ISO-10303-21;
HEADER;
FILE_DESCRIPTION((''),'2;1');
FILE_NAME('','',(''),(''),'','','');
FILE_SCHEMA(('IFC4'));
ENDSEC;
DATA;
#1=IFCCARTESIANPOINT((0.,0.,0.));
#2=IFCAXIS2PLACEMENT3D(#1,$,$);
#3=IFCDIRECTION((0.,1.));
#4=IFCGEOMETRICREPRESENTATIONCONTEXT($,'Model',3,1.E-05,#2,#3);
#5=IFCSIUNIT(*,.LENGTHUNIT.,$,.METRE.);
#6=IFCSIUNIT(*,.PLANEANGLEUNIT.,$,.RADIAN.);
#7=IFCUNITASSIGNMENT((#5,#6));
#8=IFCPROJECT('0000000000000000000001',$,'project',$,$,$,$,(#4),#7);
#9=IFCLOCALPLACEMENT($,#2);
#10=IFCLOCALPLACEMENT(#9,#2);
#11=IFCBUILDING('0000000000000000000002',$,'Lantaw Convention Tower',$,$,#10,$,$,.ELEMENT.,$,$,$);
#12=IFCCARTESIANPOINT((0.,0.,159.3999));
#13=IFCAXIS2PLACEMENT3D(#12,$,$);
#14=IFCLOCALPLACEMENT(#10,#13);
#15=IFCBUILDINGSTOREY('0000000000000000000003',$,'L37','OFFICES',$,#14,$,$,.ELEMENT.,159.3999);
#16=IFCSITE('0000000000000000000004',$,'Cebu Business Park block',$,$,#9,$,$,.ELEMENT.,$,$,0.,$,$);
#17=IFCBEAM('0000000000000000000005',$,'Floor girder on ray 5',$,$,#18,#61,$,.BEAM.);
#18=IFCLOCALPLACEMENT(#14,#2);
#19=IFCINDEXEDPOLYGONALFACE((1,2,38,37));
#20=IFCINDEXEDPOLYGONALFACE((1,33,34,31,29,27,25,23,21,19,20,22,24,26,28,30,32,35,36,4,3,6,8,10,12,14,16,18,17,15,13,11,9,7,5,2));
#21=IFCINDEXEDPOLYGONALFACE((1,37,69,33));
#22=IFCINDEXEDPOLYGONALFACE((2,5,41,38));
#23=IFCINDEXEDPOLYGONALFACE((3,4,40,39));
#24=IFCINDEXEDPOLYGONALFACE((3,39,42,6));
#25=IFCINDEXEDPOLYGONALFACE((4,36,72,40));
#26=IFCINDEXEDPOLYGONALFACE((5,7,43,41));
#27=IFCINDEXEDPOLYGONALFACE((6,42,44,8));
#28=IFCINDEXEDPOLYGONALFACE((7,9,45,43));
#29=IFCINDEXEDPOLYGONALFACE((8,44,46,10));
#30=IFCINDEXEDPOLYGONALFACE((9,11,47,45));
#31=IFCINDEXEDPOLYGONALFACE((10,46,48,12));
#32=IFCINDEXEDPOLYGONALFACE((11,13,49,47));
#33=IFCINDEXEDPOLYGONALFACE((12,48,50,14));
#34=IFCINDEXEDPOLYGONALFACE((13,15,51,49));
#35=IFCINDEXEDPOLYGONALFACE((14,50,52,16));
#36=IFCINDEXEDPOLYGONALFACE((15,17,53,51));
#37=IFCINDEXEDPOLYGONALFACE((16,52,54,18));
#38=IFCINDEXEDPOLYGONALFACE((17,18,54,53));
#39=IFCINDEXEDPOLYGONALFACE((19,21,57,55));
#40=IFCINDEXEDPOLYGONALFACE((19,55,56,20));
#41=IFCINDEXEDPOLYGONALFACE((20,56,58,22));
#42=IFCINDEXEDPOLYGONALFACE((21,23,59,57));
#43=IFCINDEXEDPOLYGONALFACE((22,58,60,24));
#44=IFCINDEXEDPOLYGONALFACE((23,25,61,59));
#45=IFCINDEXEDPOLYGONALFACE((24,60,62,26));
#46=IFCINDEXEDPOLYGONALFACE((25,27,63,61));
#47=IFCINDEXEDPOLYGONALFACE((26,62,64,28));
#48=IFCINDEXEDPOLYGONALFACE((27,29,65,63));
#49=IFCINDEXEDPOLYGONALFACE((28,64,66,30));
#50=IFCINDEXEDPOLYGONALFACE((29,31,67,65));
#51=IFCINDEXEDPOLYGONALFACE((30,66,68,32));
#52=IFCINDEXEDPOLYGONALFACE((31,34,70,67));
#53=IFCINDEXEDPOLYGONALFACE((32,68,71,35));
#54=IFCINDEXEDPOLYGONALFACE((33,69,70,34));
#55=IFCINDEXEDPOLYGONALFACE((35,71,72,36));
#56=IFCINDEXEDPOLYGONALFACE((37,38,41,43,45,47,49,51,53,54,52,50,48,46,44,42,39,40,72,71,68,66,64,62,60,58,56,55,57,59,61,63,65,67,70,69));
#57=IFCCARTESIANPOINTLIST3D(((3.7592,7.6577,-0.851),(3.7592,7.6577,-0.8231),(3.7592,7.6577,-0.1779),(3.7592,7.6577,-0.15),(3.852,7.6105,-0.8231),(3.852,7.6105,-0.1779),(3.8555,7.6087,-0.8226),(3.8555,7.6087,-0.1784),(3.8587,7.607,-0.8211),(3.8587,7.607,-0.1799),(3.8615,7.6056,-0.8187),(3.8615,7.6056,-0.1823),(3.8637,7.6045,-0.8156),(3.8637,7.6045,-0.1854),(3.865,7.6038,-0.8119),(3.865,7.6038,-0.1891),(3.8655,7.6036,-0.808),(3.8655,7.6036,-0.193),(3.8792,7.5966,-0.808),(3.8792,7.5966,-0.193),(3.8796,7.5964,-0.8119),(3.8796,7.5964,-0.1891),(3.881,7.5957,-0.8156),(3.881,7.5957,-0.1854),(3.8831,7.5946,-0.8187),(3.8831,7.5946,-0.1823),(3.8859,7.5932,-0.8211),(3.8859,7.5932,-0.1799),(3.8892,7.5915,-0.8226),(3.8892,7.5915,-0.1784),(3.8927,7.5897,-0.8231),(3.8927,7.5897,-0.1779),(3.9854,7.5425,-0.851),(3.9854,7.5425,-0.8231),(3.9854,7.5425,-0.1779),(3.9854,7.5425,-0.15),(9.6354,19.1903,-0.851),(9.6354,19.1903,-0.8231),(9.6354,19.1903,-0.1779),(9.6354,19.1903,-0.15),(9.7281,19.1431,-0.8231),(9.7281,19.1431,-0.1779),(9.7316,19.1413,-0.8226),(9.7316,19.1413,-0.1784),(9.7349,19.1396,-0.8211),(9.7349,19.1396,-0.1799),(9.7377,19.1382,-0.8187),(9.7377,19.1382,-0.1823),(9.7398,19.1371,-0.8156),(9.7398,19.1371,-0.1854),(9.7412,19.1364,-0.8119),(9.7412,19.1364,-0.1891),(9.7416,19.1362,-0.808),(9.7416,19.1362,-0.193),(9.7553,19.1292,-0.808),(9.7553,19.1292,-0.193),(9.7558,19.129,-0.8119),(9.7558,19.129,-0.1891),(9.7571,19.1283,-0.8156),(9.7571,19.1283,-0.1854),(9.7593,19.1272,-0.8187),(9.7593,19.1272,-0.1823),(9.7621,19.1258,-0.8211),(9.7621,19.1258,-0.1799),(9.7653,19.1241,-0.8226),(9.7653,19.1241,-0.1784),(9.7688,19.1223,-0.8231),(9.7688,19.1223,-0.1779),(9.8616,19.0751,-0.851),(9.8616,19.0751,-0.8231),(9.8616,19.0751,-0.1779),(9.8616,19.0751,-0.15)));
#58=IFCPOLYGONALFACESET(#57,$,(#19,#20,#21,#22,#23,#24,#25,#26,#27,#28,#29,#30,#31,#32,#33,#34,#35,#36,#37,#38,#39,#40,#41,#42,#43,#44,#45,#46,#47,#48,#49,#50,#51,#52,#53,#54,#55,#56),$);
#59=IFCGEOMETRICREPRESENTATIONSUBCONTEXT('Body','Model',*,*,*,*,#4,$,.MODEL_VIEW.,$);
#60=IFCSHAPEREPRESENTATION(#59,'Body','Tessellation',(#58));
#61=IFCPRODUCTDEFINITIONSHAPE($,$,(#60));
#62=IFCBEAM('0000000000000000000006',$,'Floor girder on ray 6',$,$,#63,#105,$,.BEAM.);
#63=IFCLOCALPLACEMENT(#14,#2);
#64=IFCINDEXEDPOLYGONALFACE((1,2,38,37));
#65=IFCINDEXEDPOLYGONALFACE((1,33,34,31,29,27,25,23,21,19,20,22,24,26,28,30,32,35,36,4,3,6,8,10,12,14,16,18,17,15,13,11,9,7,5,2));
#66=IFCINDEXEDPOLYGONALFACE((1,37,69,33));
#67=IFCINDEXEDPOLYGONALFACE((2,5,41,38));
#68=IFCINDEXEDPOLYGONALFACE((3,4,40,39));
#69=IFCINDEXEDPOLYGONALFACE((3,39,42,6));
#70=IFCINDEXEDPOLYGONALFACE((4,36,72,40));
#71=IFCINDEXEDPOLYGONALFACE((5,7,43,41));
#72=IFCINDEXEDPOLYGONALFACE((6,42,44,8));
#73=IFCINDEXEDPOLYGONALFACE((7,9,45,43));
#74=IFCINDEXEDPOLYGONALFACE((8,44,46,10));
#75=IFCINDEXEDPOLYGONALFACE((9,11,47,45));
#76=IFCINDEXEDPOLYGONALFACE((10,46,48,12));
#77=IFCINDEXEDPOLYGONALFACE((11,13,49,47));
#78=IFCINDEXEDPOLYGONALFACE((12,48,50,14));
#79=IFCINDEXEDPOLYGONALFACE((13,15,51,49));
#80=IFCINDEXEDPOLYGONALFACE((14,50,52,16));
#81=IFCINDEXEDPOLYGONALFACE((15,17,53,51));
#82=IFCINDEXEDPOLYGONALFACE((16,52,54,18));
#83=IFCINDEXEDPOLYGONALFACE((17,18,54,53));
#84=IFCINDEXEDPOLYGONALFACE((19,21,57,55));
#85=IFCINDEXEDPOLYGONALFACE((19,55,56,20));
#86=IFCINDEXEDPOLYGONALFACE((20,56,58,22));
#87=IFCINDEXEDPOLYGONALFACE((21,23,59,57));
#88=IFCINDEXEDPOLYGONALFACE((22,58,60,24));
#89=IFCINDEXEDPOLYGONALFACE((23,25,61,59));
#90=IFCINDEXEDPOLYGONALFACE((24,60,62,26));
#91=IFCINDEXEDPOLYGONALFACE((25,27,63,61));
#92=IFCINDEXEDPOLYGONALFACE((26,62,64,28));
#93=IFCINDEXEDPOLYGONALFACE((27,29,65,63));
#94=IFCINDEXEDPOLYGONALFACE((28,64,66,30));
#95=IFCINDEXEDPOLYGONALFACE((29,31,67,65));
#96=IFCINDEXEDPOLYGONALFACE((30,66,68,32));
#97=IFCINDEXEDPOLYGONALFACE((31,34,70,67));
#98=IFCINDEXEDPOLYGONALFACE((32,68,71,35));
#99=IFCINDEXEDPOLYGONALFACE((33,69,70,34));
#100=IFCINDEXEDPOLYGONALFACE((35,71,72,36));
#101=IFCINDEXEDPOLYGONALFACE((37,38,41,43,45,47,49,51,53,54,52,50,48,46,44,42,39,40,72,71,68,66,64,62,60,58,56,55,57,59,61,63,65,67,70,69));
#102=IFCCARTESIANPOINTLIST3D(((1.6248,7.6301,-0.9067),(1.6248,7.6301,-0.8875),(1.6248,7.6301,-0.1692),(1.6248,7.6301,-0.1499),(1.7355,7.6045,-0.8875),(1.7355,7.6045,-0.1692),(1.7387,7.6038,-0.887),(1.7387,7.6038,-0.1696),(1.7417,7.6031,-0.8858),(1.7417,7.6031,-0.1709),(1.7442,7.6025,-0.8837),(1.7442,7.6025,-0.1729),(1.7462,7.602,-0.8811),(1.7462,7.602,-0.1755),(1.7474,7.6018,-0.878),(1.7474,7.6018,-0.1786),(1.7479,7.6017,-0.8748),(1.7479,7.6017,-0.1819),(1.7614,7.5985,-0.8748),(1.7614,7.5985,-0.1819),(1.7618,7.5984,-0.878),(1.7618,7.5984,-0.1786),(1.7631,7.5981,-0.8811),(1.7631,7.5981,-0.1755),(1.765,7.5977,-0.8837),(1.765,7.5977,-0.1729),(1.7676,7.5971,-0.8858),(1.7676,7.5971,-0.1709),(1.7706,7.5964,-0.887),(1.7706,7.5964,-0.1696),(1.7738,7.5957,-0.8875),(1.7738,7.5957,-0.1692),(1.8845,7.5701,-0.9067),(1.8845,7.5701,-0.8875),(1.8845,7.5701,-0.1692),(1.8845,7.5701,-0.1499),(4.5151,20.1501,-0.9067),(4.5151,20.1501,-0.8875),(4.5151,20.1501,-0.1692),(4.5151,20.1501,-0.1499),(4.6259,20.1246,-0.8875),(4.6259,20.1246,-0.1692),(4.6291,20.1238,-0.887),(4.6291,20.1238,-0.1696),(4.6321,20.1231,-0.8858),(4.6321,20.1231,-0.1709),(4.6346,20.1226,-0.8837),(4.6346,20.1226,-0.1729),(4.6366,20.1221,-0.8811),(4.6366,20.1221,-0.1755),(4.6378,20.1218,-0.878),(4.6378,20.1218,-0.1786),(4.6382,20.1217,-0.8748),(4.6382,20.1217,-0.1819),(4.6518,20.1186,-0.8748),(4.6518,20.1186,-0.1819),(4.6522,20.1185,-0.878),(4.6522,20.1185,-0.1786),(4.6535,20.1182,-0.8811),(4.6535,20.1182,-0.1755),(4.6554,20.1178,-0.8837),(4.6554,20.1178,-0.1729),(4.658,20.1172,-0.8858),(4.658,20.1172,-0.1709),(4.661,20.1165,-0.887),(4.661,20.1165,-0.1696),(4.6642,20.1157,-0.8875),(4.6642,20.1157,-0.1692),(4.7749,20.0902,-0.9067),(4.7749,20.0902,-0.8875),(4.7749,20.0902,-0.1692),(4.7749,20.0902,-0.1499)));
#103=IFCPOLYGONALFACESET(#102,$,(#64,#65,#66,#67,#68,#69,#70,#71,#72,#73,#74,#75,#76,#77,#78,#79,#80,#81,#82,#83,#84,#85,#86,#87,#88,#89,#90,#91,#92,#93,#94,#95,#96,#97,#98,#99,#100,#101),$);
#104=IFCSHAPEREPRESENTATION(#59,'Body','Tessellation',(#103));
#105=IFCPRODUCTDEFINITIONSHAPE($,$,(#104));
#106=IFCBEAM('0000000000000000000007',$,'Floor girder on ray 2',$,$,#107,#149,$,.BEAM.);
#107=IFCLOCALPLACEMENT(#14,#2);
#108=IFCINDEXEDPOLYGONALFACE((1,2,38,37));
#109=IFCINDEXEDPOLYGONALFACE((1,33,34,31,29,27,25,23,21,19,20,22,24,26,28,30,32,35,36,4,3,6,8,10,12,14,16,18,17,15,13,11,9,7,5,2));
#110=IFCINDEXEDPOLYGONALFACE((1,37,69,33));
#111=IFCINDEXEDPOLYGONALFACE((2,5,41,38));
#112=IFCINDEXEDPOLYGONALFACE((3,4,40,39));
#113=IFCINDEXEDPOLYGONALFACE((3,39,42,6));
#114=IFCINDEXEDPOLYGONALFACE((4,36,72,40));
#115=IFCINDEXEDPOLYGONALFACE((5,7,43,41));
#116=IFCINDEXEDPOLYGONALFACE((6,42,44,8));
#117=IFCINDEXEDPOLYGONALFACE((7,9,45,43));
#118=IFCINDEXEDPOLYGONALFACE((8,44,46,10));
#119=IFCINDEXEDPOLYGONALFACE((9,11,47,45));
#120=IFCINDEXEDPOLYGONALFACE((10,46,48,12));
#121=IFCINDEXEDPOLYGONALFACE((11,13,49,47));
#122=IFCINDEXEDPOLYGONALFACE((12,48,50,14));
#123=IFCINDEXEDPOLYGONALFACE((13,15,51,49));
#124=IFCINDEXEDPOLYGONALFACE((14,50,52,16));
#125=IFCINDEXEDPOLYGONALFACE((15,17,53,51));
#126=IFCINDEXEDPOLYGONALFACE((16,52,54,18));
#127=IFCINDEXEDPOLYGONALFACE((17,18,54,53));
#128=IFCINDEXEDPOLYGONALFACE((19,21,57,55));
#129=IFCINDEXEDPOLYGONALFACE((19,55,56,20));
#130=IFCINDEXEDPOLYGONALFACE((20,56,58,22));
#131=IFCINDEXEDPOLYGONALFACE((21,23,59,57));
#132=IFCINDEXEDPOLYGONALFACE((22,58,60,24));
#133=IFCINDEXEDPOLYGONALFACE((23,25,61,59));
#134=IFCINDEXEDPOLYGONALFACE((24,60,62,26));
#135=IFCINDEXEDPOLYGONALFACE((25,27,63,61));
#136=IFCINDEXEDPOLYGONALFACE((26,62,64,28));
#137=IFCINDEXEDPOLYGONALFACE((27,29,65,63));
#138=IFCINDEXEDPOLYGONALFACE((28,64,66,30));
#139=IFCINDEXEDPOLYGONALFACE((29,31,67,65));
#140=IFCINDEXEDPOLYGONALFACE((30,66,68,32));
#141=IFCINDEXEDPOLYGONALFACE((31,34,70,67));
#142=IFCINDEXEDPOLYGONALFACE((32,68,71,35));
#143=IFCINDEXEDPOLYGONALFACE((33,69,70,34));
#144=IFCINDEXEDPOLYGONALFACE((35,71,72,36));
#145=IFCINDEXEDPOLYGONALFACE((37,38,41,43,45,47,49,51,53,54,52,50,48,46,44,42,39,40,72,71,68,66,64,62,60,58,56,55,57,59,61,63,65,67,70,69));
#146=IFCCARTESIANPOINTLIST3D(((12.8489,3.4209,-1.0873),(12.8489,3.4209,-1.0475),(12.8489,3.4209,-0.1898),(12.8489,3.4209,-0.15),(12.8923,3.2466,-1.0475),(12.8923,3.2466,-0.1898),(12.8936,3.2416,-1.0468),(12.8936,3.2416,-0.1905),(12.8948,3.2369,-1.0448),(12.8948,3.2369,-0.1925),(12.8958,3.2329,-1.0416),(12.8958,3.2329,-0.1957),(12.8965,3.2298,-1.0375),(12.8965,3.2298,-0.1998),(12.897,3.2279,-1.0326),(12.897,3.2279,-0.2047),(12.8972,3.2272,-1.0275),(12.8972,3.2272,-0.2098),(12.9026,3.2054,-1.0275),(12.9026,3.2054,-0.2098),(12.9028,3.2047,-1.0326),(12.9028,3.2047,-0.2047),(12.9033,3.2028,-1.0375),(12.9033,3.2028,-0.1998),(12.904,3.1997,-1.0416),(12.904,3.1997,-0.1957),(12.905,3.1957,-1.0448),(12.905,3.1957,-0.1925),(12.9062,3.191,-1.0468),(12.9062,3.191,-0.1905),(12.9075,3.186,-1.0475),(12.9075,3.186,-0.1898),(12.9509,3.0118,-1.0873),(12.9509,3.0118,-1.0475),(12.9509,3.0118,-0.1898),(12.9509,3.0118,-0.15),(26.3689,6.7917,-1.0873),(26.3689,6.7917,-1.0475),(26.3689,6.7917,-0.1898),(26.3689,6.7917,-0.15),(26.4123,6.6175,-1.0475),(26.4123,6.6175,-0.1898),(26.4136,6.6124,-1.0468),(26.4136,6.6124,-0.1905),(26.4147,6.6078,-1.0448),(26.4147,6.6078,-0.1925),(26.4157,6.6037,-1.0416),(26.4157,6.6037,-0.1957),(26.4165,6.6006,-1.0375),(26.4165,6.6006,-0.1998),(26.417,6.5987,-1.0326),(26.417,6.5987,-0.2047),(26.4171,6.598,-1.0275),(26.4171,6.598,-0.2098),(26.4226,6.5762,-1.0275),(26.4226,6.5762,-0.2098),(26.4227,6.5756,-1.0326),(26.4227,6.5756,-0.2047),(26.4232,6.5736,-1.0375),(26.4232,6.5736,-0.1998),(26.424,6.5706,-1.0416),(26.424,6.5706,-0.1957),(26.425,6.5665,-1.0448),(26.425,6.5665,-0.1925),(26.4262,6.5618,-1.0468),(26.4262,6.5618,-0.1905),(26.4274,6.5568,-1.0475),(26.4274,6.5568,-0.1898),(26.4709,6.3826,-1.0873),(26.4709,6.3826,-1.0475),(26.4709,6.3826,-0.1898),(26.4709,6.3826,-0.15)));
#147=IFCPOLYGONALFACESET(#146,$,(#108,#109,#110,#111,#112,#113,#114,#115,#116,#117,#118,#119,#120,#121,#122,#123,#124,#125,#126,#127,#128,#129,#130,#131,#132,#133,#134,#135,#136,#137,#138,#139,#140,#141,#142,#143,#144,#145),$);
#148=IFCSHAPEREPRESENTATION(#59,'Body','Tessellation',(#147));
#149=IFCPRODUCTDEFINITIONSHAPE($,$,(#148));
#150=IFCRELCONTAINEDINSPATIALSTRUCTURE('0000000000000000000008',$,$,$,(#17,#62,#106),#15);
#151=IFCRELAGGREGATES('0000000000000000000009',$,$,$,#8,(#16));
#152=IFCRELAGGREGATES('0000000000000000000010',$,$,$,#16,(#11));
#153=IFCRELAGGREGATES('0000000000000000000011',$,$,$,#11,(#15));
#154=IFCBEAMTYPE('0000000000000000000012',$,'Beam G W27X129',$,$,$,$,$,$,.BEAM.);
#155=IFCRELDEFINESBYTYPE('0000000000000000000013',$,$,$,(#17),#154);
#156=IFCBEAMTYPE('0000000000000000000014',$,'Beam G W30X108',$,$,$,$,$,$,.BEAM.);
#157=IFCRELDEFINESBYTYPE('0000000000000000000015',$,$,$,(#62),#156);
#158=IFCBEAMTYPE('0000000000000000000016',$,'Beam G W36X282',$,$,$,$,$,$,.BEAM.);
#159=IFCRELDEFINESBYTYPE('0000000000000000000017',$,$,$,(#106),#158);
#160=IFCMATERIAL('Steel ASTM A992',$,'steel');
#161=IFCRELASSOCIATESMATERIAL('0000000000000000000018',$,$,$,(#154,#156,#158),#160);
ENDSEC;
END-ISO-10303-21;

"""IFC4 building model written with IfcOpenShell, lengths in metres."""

from ifc_helpers import new_model, si_unit, direction, frame, origin, origin_2d, place, context, subcontext, project, spatial, i_section, extrude, material, material_profile, profile_set, type_object, element, save


model = new_model("IFC4")

# Units and contexts
model_context = context("Model", 3, precision=1e-05, world=origin(), true_north=direction((0.0, 1.0)))
body_context = subcontext(model_context, "Body", "Model", "MODEL_VIEW")
ifc_project = project(units=[si_unit("LENGTHUNIT", "METRE"), si_unit("PLANEANGLEUNIT", "RADIAN")], contexts=[model_context])

# Site, building, storey
site_placement = place(None, origin())
site = spatial("IfcSite", under=ifc_project, at=site_placement, Name="Cebu Business Park block", CompositionType="ELEMENT", RefElevation=0.0)
building_placement = place(site_placement, origin())
building = spatial("IfcBuilding", under=site, at=building_placement, Name="Lantaw Convention Tower", CompositionType="ELEMENT")
storey_placement = place(building_placement, frame((0.0, 0.0, 159.3999)))
storey = spatial("IfcBuildingStorey", under=building, at=storey_placement, Name="L37", Description="OFFICES", CompositionType="ELEMENT", Elevation=159.3999)

# Beams
ifc_material_1 = material(Name="Steel ASTM A992", Category="steel")
ifc_material_profile_1 = material_profile(ifc_material_1, i_section(OverallWidth=0.2539, OverallDepth=0.7009, WebThickness=0.0154, FlangeThickness=0.0278, FilletRadius=0.0151, at=origin_2d()), Name="W27X129")
ifc_profile_set_1 = profile_set([ifc_material_profile_1], Name="Steel ASTM A992")
beam_type_1 = type_object("IfcBeamType", Name="Beam G W27X129", PredefinedType="BEAM", material=ifc_profile_set_1)
beam_1_placement = place(storey_placement, frame((3.8723, 7.6001, -0.5005), z_axis=(0.453991, 0.891006, 0.0), x_axis=(-0.891006, 0.453991, 0.0)))
element("IfcBeam", 1, at=beam_1_placement, inside=storey, type_object=beam_type_1, Name="Floor girder on ray 5", PredefinedType="BEAM", context=body_context, shape_type="SweptSolid", body=[
    extrude(i_section(OverallWidth=0.2539, OverallDepth=0.7009, WebThickness=0.0154, FlangeThickness=0.0278, FilletRadius=0.0151, at=origin_2d()), origin(), (0.0, 0.0, 1.0), 12.9434),
])
ifc_material_profile_2 = material_profile(ifc_material_1, i_section(OverallWidth=0.2666, OverallDepth=0.7568, WebThickness=0.0139, FlangeThickness=0.0193, FilletRadius=0.0127, at=origin_2d()), Name="W30X108")
ifc_profile_set_2 = profile_set([ifc_material_profile_2], Name="Steel ASTM A992")
beam_type_2 = type_object("IfcBeamType", Name="Beam G W30X108", PredefinedType="BEAM", material=ifc_profile_set_2)
beam_2_placement = place(storey_placement, frame((1.7546, 7.6001, -0.5283), z_axis=(0.224944, 0.974372, 0.0), x_axis=(-0.974372, 0.224944, 0.0)))
element("IfcBeam", 2, at=beam_2_placement, inside=storey, type_object=beam_type_2, Name="Floor girder on ray 6", PredefinedType="BEAM", context=body_context, shape_type="SweptSolid", body=[
    extrude(i_section(OverallWidth=0.2666, OverallDepth=0.7568, WebThickness=0.0139, FlangeThickness=0.0193, FilletRadius=0.0127, at=origin_2d()), origin(), (0.0, 0.0, 1.0), 12.8494),
])
ifc_material_profile_3 = material_profile(ifc_material_1, i_section(OverallWidth=0.4216, OverallDepth=0.9373, WebThickness=0.0225, FlangeThickness=0.0398, FilletRadius=0.02, at=origin_2d()), Name="W36X282")
ifc_profile_set_3 = profile_set([ifc_material_profile_3], Name="Steel ASTM A992")
beam_type_3 = type_object("IfcBeamType", Name="Beam G W36X282", PredefinedType="BEAM", material=ifc_profile_set_3)
beam_3_placement = place(storey_placement, frame((12.8999, 3.2163, -0.6187), z_axis=(0.970297, 0.241917, 0.0), x_axis=(-0.241917, 0.970297, 0.0)))
element("IfcBeam", 3, at=beam_3_placement, inside=storey, type_object=beam_type_3, Name="Floor girder on ray 2", PredefinedType="BEAM", context=body_context, shape_type="SweptSolid", body=[
    extrude(i_section(OverallWidth=0.4216, OverallDepth=0.9373, WebThickness=0.0225, FlangeThickness=0.0398, FilletRadius=0.02, at=origin_2d()), origin(), (0.0, 0.0, 1.0), 13.9338),
])

save(model, "model.ifc")
